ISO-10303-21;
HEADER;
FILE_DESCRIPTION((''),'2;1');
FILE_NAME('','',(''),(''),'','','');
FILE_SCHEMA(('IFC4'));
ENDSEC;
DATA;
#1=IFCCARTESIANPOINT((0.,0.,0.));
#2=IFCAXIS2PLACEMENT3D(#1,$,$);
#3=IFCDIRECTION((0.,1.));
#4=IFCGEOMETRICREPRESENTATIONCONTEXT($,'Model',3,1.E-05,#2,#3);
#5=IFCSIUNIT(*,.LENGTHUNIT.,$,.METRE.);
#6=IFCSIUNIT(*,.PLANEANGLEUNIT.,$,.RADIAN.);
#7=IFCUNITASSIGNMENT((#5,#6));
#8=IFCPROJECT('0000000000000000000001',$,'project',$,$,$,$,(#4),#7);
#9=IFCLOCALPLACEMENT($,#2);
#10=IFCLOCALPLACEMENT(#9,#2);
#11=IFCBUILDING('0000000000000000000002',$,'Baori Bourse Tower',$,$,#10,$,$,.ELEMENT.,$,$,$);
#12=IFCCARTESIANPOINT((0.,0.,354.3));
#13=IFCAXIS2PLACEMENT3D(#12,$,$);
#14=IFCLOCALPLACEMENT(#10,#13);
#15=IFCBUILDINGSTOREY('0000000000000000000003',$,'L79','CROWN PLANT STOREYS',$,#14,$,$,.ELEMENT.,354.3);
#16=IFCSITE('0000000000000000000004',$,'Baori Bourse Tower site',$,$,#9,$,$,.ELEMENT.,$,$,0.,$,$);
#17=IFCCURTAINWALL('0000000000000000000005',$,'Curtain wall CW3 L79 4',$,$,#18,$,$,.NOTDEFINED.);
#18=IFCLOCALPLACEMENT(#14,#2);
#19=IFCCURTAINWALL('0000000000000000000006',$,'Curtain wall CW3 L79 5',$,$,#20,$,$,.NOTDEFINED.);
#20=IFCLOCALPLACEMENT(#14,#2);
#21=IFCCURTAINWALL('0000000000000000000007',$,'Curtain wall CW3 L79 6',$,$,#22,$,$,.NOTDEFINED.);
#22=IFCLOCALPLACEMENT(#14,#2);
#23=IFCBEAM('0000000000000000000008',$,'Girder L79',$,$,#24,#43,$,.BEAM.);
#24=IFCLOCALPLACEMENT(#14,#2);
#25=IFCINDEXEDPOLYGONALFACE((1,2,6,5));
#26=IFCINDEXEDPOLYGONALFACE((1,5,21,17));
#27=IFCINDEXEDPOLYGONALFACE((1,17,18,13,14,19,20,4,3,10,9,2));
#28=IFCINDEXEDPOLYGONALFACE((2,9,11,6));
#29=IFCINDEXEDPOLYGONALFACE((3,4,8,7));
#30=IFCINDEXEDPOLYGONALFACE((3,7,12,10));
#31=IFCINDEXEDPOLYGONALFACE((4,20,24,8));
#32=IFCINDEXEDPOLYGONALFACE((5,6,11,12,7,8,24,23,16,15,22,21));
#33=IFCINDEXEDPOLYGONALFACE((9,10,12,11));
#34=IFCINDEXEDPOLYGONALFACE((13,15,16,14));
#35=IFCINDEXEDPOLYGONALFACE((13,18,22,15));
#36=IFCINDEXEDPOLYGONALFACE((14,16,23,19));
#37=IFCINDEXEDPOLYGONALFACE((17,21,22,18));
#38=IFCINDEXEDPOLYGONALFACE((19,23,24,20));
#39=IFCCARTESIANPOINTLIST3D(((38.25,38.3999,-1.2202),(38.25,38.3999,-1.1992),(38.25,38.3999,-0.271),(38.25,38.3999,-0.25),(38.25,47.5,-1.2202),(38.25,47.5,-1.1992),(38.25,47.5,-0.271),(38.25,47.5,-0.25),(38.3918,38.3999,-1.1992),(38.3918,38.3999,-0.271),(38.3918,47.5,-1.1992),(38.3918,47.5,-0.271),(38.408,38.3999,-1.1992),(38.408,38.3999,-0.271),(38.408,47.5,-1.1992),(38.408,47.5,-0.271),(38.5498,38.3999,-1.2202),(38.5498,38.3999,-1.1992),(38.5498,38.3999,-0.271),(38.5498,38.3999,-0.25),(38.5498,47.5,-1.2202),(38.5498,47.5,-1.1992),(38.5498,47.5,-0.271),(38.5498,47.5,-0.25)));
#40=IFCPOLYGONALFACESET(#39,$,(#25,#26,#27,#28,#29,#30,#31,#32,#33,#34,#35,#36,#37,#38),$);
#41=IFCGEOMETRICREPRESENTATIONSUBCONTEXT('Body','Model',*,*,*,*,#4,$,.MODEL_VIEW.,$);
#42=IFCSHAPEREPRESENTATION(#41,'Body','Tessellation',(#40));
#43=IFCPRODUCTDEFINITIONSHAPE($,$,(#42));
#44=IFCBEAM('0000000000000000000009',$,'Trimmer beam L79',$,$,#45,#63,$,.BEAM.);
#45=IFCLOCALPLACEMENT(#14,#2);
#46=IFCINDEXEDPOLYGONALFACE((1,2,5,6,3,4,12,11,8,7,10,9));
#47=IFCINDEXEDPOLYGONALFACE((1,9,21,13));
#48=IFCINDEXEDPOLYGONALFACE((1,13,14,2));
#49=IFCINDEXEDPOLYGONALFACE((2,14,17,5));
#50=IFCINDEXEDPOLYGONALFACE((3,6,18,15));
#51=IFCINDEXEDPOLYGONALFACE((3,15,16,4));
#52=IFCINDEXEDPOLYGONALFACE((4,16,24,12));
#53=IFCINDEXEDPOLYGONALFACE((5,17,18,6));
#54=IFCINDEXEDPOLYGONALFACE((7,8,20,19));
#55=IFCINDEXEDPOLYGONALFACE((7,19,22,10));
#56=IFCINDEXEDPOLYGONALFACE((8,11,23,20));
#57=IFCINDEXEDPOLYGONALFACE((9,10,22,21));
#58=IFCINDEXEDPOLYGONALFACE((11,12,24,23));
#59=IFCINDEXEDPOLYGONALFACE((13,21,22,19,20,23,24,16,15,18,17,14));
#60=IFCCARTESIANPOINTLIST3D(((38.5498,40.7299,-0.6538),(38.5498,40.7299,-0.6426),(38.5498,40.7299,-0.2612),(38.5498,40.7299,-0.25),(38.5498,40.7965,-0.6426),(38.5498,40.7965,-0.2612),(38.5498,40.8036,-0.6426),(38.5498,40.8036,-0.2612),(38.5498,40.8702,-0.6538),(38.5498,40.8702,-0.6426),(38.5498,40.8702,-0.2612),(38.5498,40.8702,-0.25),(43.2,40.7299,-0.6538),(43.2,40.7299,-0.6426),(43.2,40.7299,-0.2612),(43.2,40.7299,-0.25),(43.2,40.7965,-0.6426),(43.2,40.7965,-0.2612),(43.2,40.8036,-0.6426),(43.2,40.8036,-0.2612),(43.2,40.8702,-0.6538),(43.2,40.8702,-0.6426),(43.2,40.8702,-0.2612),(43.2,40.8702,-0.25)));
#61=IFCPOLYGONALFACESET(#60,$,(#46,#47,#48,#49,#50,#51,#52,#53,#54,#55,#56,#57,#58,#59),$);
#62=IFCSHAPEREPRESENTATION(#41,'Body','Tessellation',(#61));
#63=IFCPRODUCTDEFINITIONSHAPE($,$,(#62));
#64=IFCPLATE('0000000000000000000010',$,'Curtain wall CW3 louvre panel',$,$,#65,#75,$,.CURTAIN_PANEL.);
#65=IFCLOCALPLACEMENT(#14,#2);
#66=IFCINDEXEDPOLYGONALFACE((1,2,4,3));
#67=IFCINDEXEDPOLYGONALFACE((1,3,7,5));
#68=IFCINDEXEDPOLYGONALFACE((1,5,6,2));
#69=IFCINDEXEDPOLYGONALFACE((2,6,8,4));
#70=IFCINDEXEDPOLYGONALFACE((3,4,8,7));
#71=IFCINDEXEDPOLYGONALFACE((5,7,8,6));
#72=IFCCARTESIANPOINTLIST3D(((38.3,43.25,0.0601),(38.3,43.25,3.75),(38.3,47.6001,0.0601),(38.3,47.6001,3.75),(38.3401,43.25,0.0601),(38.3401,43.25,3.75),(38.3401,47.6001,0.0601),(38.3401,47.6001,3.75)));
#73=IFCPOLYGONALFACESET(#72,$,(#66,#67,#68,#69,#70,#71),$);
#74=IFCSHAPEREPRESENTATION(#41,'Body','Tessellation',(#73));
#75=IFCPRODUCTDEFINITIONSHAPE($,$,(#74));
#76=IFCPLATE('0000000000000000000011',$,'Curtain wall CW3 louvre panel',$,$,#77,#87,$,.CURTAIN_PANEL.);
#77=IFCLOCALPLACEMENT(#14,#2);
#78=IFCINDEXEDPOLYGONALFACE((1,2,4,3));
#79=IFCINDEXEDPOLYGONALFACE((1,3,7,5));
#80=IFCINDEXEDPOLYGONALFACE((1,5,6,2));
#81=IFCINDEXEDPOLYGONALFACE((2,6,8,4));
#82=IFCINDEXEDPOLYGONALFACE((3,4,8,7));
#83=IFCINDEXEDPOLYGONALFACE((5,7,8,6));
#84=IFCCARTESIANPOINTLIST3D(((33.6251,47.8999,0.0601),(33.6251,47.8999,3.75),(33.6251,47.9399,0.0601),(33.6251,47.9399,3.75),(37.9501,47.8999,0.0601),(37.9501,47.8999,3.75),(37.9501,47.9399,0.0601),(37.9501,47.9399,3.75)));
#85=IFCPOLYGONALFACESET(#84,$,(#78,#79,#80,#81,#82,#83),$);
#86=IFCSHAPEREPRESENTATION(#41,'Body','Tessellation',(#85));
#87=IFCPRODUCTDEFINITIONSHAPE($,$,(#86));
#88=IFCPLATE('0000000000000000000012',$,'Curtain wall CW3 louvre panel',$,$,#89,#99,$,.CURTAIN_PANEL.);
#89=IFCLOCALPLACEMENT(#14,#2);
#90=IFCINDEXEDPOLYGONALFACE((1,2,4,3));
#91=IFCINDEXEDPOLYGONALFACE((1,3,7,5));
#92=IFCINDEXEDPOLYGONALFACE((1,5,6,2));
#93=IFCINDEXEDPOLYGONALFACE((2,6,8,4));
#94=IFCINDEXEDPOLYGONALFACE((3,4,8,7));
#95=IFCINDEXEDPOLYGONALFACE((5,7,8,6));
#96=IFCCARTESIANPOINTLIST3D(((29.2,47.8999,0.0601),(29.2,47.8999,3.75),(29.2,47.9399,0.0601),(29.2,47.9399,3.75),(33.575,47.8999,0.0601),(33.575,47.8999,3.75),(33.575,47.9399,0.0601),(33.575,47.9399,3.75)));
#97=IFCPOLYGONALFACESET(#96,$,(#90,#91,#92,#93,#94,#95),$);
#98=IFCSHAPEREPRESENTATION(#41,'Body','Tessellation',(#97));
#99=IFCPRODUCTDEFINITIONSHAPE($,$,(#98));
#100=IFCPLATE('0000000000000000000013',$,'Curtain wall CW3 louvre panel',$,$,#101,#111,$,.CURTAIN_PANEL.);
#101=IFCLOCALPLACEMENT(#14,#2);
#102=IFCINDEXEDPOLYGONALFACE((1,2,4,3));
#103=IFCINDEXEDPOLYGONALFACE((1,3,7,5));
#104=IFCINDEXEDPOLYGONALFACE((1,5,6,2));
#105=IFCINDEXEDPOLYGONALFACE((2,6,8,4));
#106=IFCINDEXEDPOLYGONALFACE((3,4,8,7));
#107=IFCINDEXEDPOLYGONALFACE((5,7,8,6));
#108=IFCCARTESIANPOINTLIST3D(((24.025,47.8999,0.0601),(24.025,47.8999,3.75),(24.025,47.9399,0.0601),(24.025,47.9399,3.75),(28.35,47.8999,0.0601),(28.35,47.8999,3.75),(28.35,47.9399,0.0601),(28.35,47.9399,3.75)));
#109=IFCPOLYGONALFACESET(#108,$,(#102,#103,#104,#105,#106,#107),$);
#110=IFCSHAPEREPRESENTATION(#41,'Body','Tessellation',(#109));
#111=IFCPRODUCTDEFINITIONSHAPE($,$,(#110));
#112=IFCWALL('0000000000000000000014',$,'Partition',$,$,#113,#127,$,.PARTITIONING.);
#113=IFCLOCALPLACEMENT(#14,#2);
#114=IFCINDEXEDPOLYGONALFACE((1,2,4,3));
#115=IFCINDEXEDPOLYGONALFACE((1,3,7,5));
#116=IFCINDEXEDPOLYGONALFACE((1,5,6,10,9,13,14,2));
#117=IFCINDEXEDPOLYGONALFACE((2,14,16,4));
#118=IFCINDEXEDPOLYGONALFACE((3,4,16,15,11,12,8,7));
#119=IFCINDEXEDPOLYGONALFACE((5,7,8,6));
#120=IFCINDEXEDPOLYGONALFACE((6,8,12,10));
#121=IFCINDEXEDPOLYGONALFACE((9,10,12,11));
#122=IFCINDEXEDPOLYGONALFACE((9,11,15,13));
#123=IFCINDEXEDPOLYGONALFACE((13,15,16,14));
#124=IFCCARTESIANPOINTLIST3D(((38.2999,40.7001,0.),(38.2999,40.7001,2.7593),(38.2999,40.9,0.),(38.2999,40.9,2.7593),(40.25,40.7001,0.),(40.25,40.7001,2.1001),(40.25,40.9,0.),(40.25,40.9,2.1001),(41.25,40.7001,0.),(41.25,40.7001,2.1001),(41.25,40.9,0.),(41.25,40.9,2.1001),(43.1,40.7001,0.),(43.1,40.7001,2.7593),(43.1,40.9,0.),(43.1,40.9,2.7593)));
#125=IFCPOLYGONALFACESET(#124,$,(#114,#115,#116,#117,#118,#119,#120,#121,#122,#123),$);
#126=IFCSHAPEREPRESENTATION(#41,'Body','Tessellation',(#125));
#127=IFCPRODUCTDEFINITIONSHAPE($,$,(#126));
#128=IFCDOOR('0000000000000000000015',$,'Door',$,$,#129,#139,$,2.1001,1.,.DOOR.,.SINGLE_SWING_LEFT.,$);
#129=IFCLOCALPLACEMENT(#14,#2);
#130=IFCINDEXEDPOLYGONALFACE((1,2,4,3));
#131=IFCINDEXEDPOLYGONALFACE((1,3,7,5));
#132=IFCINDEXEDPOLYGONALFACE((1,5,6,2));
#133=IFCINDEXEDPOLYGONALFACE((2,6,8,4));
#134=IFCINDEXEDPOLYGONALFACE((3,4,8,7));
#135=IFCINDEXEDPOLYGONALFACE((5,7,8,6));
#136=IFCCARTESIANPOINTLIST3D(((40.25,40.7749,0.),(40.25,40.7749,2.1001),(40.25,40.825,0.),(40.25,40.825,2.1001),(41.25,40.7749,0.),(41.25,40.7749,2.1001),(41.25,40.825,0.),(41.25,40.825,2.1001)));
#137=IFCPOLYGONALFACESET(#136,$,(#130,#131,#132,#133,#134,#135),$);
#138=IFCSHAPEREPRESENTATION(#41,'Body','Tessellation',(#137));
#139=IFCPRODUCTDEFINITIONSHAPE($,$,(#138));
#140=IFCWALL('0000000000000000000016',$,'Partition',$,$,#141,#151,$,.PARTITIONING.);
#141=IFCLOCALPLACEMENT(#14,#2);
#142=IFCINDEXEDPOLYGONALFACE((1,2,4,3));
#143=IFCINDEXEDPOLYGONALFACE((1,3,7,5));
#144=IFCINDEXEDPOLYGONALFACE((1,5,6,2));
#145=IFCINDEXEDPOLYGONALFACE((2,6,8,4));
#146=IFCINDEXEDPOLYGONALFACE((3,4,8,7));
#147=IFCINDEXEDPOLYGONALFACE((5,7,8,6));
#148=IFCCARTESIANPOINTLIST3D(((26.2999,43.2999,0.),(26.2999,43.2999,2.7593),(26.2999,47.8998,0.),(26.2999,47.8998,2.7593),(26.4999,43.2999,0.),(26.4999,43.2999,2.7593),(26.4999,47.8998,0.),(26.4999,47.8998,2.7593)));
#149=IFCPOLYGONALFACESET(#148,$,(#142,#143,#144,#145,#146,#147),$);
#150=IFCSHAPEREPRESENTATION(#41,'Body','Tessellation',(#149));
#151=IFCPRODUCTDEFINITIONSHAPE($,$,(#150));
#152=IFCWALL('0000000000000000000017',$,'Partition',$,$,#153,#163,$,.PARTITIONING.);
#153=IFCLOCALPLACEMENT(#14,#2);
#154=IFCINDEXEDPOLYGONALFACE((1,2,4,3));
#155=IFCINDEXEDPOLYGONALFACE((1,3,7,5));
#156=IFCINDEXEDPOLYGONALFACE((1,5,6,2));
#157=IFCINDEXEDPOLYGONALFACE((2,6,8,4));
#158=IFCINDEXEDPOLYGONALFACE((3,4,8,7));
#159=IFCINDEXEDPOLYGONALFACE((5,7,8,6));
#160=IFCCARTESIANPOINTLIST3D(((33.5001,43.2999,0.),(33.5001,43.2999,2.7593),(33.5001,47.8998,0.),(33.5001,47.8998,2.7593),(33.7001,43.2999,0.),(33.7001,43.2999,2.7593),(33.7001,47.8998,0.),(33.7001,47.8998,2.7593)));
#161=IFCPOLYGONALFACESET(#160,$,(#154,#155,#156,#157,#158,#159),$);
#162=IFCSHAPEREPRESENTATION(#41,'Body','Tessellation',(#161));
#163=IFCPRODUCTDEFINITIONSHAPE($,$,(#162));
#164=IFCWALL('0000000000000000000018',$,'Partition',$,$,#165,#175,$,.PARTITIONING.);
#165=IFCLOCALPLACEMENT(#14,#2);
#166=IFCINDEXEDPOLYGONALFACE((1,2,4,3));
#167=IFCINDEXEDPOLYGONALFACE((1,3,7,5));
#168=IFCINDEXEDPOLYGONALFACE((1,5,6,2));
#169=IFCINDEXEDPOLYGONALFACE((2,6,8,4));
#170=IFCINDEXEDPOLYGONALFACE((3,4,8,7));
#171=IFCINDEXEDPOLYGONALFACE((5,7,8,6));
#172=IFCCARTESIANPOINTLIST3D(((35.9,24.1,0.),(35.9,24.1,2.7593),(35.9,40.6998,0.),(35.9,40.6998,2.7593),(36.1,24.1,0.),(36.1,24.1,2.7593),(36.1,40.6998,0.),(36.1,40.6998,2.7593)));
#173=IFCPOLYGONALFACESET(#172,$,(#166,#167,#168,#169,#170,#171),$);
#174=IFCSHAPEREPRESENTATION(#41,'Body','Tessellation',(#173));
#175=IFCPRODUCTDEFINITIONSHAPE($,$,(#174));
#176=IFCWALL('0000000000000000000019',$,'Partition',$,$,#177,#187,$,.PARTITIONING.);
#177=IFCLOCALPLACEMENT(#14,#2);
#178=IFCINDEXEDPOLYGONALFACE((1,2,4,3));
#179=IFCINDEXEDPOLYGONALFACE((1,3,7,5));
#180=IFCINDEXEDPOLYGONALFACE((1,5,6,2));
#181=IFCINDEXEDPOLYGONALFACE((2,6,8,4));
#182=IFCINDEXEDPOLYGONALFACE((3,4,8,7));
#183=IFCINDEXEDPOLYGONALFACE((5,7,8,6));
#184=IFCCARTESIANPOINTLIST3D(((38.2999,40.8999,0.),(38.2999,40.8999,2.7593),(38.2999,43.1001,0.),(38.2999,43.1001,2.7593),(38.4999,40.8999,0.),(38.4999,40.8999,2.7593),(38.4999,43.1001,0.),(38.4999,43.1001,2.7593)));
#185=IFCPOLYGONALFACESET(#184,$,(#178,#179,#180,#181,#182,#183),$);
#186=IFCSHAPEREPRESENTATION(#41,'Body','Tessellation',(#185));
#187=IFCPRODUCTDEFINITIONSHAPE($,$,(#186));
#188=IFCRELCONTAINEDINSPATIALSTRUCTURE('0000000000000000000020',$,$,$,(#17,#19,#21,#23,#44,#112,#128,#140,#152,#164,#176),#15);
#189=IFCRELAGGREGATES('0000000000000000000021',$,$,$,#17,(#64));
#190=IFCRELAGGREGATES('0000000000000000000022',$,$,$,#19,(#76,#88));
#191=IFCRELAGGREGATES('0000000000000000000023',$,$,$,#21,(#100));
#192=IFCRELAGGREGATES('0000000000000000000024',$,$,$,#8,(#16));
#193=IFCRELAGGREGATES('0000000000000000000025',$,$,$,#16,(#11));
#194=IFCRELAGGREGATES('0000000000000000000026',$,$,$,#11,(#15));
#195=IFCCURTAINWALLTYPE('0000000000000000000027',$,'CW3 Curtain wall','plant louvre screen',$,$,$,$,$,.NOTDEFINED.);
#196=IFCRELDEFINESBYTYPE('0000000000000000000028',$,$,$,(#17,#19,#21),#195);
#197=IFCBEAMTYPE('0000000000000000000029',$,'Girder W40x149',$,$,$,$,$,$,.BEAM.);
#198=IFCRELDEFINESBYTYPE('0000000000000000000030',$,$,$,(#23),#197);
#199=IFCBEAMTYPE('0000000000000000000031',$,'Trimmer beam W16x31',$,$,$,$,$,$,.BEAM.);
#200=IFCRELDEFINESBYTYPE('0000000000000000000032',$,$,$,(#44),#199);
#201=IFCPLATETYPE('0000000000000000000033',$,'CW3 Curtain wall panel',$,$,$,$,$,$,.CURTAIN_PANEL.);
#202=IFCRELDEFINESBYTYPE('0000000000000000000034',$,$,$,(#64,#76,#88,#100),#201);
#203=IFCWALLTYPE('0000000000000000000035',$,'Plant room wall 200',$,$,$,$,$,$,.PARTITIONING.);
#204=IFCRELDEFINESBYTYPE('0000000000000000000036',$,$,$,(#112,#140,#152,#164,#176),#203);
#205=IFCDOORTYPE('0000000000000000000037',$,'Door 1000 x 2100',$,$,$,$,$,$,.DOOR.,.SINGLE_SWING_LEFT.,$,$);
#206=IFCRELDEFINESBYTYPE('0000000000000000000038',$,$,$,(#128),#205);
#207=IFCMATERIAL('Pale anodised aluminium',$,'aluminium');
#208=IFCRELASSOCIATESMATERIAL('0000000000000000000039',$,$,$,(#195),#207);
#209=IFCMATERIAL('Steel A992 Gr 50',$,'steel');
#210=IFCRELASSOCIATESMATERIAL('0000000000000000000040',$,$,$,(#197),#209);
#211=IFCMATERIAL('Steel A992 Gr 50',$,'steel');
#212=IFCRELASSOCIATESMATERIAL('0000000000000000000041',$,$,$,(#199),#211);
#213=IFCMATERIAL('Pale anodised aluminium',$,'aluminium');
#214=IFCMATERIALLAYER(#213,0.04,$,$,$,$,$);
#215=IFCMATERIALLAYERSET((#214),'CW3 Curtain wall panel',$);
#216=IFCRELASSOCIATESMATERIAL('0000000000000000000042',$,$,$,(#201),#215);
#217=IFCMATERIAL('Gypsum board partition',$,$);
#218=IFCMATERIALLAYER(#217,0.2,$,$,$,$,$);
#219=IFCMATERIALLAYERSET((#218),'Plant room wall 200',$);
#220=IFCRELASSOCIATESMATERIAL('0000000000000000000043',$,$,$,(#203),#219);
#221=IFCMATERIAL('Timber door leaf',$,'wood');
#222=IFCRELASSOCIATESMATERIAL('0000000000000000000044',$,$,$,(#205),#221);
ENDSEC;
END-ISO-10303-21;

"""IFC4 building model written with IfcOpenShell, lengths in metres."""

from ifc_helpers import new_model, si_unit, direction, frame, frame_2d, origin, origin_2d, place, context, subcontext, project, spatial, rectangle, i_section, extrude, material, layer, layer_set, material_profile, profile_set, type_object, element, fill, aggregate, save


model = new_model("IFC4")

# Units and contexts
model_context = context("Model", 3, precision=1e-05, world=origin(), true_north=direction((0.0, 1.0)))
body_context = subcontext(model_context, "Body", "Model", "MODEL_VIEW")
ifc_project = project(units=[si_unit("LENGTHUNIT", "METRE"), si_unit("PLANEANGLEUNIT", "RADIAN")], contexts=[model_context])

# Site, building, storey
site_placement = place(None, origin())
site = spatial("IfcSite", under=ifc_project, at=site_placement, Name="Baori Bourse Tower site", CompositionType="ELEMENT", RefElevation=0.0)
building_placement = place(site_placement, origin())
building = spatial("IfcBuilding", under=site, at=building_placement, Name="Baori Bourse Tower", CompositionType="ELEMENT")
storey_placement = place(building_placement, frame((0.0, 0.0, 354.3)))
storey = spatial("IfcBuildingStorey", under=building, at=storey_placement, Name="L79", Description="CROWN PLANT STOREYS", CompositionType="ELEMENT", Elevation=354.3)

# Curtain wall
ifc_material_1 = material(Name="Pale anodised aluminium", Category="aluminium")
curtain_wall_type = type_object("IfcCurtainWallType", Name="CW3 Curtain wall", Description="plant louvre screen", PredefinedType="NOTDEFINED", material=ifc_material_1)
curtain_wall_1_placement = place(storey_placement, origin())
curtain_wall_1 = element("IfcCurtainWall", 1, at=curtain_wall_1_placement, inside=storey, type_object=curtain_wall_type, Name="Curtain wall CW3 L79 4", PredefinedType="NOTDEFINED")

# Curtain walls
curtain_wall_2_placement = place(storey_placement, origin())
curtain_wall_2 = element("IfcCurtainWall", 2, at=curtain_wall_2_placement, inside=storey, type_object=curtain_wall_type, Name="Curtain wall CW3 L79 5", PredefinedType="NOTDEFINED")
curtain_wall_3_placement = place(storey_placement, origin())
curtain_wall_3 = element("IfcCurtainWall", 3, at=curtain_wall_3_placement, inside=storey, type_object=curtain_wall_type, Name="Curtain wall CW3 L79 6", PredefinedType="NOTDEFINED")

# Beams
ifc_material_2 = material(Name="Steel A992 Gr 50", Category="steel")
ifc_material_profile_1 = material_profile(ifc_material_2, i_section(OverallWidth=0.2998, OverallDepth=0.9702, WebThickness=0.0161, FlangeThickness=0.021, at=origin_2d()), Name="W40x149")
ifc_profile_set_1 = profile_set([ifc_material_profile_1], Name="Steel A992 Gr 50")
beam_type_1 = type_object("IfcBeamType", Name="Girder W40x149", PredefinedType="BEAM", material=ifc_profile_set_1)
beam_1_placement = place(storey_placement, frame((38.3999, 38.3999, -0.7351), z_axis=(0.0, 1.0, 0.0), x_axis=(-1.0, 0.0, 0.0)))
element("IfcBeam", 4, at=beam_1_placement, inside=storey, type_object=beam_type_1, Name="Girder L79", PredefinedType="BEAM", context=body_context, shape_type="SweptSolid", body=[
    extrude(i_section(OverallWidth=0.2998, OverallDepth=0.9702, WebThickness=0.0161, FlangeThickness=0.021, at=origin_2d()), origin(), (0.0, 0.0, 1.0), 9.1001),
])
ifc_material_3 = material(Name="Steel A992 Gr 50", Category="steel")
ifc_material_profile_2 = material_profile(ifc_material_3, i_section(OverallWidth=0.1404, OverallDepth=0.4038, WebThickness=0.0071, FlangeThickness=0.0112, at=origin_2d()), Name="W16x31")
ifc_profile_set_2 = profile_set([ifc_material_profile_2], Name="Steel A992 Gr 50")
beam_type_2 = type_object("IfcBeamType", Name="Trimmer beam W16x31", PredefinedType="BEAM", material=ifc_profile_set_2)
beam_2_placement = place(storey_placement, frame((38.5498, 40.8, -0.4519), z_axis=(1.0, 0.0, 0.0), x_axis=(0.0, 1.0, 0.0)))
element("IfcBeam", 5, at=beam_2_placement, inside=storey, type_object=beam_type_2, Name="Trimmer beam L79", PredefinedType="BEAM", context=body_context, shape_type="SweptSolid", body=[
    extrude(i_section(OverallWidth=0.1404, OverallDepth=0.4038, WebThickness=0.0071, FlangeThickness=0.0112, at=origin_2d()), origin(), (0.0, 0.0, 1.0), 4.6501),
])

# Plates
ifc_material_4 = material(Name="Pale anodised aluminium", Category="aluminium")
ifc_layer_1 = layer(ifc_material_4, 0.04)
ifc_layer_set_1 = layer_set([ifc_layer_1], Name="CW3 Curtain wall panel")
plate_type = type_object("IfcPlateType", Name="CW3 Curtain wall panel", PredefinedType="CURTAIN_PANEL", material=ifc_layer_set_1)
plate_1_placement = place(storey_placement, frame((38.3201, 45.425, 0.0601), z_axis=(0.0, 0.0, 1.0), x_axis=(0.0, 1.0, 0.0)))
plate_1 = element("IfcPlate", 6, at=plate_1_placement, type_object=plate_type, Name="Curtain wall CW3 louvre panel", PredefinedType="CURTAIN_PANEL", context=body_context, shape_type="SweptSolid", body=[
    extrude(rectangle(XDim=4.3501, YDim=0.04, at=origin_2d()), origin(), (0.0, 0.0, 1.0), 3.6899),
])
aggregate(curtain_wall_1, [plate_1])
plate_2_placement = place(storey_placement, frame((35.7876, 47.9199, 0.0601), z_axis=(0.0, 0.0, 1.0), x_axis=(-1.0, 0.0, 0.0)))
plate_2 = element("IfcPlate", 7, at=plate_2_placement, type_object=plate_type, Name="Curtain wall CW3 louvre panel", PredefinedType="CURTAIN_PANEL", context=body_context, shape_type="SweptSolid", body=[
    extrude(rectangle(XDim=4.325, YDim=0.04, at=origin_2d()), origin(), (0.0, 0.0, 1.0), 3.6899),
])
plate_3_placement = place(storey_placement, frame((31.3875, 47.9199, 0.0601), z_axis=(0.0, 0.0, 1.0), x_axis=(-1.0, 0.0, 0.0)))
plate_3 = element("IfcPlate", 8, at=plate_3_placement, type_object=plate_type, Name="Curtain wall CW3 louvre panel", PredefinedType="CURTAIN_PANEL", context=body_context, shape_type="SweptSolid", body=[
    extrude(rectangle(XDim=4.375, YDim=0.04, at=origin_2d()), origin(), (0.0, 0.0, 1.0), 3.6899),
])
aggregate(curtain_wall_2, [plate_2, plate_3])
plate_4_placement = place(storey_placement, frame((26.1875, 47.9199, 0.0601), z_axis=(0.0, 0.0, 1.0), x_axis=(-1.0, 0.0, 0.0)))
plate_4 = element("IfcPlate", 9, at=plate_4_placement, type_object=plate_type, Name="Curtain wall CW3 louvre panel", PredefinedType="CURTAIN_PANEL", context=body_context, shape_type="SweptSolid", body=[
    extrude(rectangle(XDim=4.325, YDim=0.04, at=origin_2d()), origin(), (0.0, 0.0, 1.0), 3.6899),
])
aggregate(curtain_wall_3, [plate_4])

# Wall, opening, door
ifc_material_5 = material(Name="Gypsum board partition")
ifc_layer_2 = layer(ifc_material_5, 0.2)
ifc_layer_set_2 = layer_set([ifc_layer_2], Name="Plant room wall 200")
wall_type_1 = type_object("IfcWallType", Name="Plant room wall 200", PredefinedType="PARTITIONING", material=ifc_layer_set_2)
wall_1_placement = place(storey_placement, frame((38.3, 40.8, 0.0), z_axis=(0.0, 0.0, 1.0), x_axis=(1.0, 0.0, 0.0)))
wall_1 = element("IfcWall", 10, at=wall_1_placement, inside=storey, type_object=wall_type_1, Name="Partition", PredefinedType="PARTITIONING", context=body_context, shape_type="SweptSolid", body=[
    extrude(rectangle(XDim=4.8, YDim=0.2, at=frame_2d((2.3999, 0.0))), origin(), (0.0, 0.0, 1.0), 2.7593),
])
opening_placement = place(wall_1_placement, frame((1.95, 0.0, 0.0)))
opening = element("IfcOpeningElement", 11, at=opening_placement, cuts=wall_1, PredefinedType="OPENING", context=body_context, shape_type="SweptSolid", body=[
    extrude(rectangle(XDim=1.0, YDim=2.1001, at=frame_2d((0.5, 1.05))), frame((0.0, 0.1099, 0.0), z_axis=(0.0, -1.0, 0.0), x_axis=(1.0, 0.0, 0.0)), (0.0, 0.0, 1.0), 0.22),
])
ifc_material_6 = material(Name="Timber door leaf", Category="wood")
door_type = type_object("IfcDoorType", Name="Door 1000 x 2100", OperationType="SINGLE_SWING_LEFT", PredefinedType="DOOR", material=ifc_material_6)
door_placement = place(opening_placement, origin())
door = element("IfcDoor", 12, at=door_placement, inside=storey, type_object=door_type, Name="Door", OperationType="SINGLE_SWING_LEFT", OverallHeight=2.1001, OverallWidth=1.0, PredefinedType="DOOR", context=body_context, shape_type="SweptSolid", body=[
    extrude(rectangle(XDim=1.0, YDim=2.1001, at=frame_2d((0.5, 1.05))), frame((0.0, 0.0249, 0.0), z_axis=(0.0, -1.0, 0.0), x_axis=(1.0, 0.0, 0.0)), (0.0, 0.0, 1.0), 0.05),
])
fill(opening, door)

# Walls
for number, where, z_axis, x_axis, name in (
    (13, (26.3999, 43.3, 0.0), (0.0, 0.0, 1.0), (0.0, 1.0, 0.0), "Partition"),
    (14, (33.6001, 43.3, 0.0), (0.0, 0.0, 1.0), (0.0, 1.0, 0.0), "Partition"),
):
    element("IfcWall", number, at=place(storey_placement, frame(where, z_axis=z_axis, x_axis=x_axis)), inside=storey, type_object=wall_type_1, Name=name, PredefinedType="PARTITIONING", context=body_context, shape_type="SweptSolid", body=[
        extrude(rectangle(XDim=4.5999, YDim=0.2, at=frame_2d((2.2998, 0.0))), origin(), (0.0, 0.0, 1.0), 2.7593),
    ])
wall_2_placement = place(storey_placement, frame((36.0, 24.1001, 0.0), z_axis=(0.0, 0.0, 1.0), x_axis=(0.0, 1.0, 0.0)))
element("IfcWall", 15, at=wall_2_placement, inside=storey, type_object=wall_type_1, Name="Partition", PredefinedType="PARTITIONING", context=body_context, shape_type="SweptSolid", body=[
    extrude(rectangle(XDim=16.5999, YDim=0.2, at=frame_2d((8.2998, 0.0))), origin(), (0.0, 0.0, 1.0), 2.7593),
])
wall_3_placement = place(storey_placement, frame((38.3999, 40.8999, 0.0), z_axis=(0.0, 0.0, 1.0), x_axis=(0.0, 1.0, 0.0)))
element("IfcWall", 16, at=wall_3_placement, inside=storey, type_object=wall_type_1, Name="Partition", PredefinedType="PARTITIONING", context=body_context, shape_type="SweptSolid", body=[
    extrude(rectangle(XDim=2.2002, YDim=0.2, at=frame_2d((1.1001, 0.0))), origin(), (0.0, 0.0, 1.0), 2.7593),
])

save(model, "model.ifc")
